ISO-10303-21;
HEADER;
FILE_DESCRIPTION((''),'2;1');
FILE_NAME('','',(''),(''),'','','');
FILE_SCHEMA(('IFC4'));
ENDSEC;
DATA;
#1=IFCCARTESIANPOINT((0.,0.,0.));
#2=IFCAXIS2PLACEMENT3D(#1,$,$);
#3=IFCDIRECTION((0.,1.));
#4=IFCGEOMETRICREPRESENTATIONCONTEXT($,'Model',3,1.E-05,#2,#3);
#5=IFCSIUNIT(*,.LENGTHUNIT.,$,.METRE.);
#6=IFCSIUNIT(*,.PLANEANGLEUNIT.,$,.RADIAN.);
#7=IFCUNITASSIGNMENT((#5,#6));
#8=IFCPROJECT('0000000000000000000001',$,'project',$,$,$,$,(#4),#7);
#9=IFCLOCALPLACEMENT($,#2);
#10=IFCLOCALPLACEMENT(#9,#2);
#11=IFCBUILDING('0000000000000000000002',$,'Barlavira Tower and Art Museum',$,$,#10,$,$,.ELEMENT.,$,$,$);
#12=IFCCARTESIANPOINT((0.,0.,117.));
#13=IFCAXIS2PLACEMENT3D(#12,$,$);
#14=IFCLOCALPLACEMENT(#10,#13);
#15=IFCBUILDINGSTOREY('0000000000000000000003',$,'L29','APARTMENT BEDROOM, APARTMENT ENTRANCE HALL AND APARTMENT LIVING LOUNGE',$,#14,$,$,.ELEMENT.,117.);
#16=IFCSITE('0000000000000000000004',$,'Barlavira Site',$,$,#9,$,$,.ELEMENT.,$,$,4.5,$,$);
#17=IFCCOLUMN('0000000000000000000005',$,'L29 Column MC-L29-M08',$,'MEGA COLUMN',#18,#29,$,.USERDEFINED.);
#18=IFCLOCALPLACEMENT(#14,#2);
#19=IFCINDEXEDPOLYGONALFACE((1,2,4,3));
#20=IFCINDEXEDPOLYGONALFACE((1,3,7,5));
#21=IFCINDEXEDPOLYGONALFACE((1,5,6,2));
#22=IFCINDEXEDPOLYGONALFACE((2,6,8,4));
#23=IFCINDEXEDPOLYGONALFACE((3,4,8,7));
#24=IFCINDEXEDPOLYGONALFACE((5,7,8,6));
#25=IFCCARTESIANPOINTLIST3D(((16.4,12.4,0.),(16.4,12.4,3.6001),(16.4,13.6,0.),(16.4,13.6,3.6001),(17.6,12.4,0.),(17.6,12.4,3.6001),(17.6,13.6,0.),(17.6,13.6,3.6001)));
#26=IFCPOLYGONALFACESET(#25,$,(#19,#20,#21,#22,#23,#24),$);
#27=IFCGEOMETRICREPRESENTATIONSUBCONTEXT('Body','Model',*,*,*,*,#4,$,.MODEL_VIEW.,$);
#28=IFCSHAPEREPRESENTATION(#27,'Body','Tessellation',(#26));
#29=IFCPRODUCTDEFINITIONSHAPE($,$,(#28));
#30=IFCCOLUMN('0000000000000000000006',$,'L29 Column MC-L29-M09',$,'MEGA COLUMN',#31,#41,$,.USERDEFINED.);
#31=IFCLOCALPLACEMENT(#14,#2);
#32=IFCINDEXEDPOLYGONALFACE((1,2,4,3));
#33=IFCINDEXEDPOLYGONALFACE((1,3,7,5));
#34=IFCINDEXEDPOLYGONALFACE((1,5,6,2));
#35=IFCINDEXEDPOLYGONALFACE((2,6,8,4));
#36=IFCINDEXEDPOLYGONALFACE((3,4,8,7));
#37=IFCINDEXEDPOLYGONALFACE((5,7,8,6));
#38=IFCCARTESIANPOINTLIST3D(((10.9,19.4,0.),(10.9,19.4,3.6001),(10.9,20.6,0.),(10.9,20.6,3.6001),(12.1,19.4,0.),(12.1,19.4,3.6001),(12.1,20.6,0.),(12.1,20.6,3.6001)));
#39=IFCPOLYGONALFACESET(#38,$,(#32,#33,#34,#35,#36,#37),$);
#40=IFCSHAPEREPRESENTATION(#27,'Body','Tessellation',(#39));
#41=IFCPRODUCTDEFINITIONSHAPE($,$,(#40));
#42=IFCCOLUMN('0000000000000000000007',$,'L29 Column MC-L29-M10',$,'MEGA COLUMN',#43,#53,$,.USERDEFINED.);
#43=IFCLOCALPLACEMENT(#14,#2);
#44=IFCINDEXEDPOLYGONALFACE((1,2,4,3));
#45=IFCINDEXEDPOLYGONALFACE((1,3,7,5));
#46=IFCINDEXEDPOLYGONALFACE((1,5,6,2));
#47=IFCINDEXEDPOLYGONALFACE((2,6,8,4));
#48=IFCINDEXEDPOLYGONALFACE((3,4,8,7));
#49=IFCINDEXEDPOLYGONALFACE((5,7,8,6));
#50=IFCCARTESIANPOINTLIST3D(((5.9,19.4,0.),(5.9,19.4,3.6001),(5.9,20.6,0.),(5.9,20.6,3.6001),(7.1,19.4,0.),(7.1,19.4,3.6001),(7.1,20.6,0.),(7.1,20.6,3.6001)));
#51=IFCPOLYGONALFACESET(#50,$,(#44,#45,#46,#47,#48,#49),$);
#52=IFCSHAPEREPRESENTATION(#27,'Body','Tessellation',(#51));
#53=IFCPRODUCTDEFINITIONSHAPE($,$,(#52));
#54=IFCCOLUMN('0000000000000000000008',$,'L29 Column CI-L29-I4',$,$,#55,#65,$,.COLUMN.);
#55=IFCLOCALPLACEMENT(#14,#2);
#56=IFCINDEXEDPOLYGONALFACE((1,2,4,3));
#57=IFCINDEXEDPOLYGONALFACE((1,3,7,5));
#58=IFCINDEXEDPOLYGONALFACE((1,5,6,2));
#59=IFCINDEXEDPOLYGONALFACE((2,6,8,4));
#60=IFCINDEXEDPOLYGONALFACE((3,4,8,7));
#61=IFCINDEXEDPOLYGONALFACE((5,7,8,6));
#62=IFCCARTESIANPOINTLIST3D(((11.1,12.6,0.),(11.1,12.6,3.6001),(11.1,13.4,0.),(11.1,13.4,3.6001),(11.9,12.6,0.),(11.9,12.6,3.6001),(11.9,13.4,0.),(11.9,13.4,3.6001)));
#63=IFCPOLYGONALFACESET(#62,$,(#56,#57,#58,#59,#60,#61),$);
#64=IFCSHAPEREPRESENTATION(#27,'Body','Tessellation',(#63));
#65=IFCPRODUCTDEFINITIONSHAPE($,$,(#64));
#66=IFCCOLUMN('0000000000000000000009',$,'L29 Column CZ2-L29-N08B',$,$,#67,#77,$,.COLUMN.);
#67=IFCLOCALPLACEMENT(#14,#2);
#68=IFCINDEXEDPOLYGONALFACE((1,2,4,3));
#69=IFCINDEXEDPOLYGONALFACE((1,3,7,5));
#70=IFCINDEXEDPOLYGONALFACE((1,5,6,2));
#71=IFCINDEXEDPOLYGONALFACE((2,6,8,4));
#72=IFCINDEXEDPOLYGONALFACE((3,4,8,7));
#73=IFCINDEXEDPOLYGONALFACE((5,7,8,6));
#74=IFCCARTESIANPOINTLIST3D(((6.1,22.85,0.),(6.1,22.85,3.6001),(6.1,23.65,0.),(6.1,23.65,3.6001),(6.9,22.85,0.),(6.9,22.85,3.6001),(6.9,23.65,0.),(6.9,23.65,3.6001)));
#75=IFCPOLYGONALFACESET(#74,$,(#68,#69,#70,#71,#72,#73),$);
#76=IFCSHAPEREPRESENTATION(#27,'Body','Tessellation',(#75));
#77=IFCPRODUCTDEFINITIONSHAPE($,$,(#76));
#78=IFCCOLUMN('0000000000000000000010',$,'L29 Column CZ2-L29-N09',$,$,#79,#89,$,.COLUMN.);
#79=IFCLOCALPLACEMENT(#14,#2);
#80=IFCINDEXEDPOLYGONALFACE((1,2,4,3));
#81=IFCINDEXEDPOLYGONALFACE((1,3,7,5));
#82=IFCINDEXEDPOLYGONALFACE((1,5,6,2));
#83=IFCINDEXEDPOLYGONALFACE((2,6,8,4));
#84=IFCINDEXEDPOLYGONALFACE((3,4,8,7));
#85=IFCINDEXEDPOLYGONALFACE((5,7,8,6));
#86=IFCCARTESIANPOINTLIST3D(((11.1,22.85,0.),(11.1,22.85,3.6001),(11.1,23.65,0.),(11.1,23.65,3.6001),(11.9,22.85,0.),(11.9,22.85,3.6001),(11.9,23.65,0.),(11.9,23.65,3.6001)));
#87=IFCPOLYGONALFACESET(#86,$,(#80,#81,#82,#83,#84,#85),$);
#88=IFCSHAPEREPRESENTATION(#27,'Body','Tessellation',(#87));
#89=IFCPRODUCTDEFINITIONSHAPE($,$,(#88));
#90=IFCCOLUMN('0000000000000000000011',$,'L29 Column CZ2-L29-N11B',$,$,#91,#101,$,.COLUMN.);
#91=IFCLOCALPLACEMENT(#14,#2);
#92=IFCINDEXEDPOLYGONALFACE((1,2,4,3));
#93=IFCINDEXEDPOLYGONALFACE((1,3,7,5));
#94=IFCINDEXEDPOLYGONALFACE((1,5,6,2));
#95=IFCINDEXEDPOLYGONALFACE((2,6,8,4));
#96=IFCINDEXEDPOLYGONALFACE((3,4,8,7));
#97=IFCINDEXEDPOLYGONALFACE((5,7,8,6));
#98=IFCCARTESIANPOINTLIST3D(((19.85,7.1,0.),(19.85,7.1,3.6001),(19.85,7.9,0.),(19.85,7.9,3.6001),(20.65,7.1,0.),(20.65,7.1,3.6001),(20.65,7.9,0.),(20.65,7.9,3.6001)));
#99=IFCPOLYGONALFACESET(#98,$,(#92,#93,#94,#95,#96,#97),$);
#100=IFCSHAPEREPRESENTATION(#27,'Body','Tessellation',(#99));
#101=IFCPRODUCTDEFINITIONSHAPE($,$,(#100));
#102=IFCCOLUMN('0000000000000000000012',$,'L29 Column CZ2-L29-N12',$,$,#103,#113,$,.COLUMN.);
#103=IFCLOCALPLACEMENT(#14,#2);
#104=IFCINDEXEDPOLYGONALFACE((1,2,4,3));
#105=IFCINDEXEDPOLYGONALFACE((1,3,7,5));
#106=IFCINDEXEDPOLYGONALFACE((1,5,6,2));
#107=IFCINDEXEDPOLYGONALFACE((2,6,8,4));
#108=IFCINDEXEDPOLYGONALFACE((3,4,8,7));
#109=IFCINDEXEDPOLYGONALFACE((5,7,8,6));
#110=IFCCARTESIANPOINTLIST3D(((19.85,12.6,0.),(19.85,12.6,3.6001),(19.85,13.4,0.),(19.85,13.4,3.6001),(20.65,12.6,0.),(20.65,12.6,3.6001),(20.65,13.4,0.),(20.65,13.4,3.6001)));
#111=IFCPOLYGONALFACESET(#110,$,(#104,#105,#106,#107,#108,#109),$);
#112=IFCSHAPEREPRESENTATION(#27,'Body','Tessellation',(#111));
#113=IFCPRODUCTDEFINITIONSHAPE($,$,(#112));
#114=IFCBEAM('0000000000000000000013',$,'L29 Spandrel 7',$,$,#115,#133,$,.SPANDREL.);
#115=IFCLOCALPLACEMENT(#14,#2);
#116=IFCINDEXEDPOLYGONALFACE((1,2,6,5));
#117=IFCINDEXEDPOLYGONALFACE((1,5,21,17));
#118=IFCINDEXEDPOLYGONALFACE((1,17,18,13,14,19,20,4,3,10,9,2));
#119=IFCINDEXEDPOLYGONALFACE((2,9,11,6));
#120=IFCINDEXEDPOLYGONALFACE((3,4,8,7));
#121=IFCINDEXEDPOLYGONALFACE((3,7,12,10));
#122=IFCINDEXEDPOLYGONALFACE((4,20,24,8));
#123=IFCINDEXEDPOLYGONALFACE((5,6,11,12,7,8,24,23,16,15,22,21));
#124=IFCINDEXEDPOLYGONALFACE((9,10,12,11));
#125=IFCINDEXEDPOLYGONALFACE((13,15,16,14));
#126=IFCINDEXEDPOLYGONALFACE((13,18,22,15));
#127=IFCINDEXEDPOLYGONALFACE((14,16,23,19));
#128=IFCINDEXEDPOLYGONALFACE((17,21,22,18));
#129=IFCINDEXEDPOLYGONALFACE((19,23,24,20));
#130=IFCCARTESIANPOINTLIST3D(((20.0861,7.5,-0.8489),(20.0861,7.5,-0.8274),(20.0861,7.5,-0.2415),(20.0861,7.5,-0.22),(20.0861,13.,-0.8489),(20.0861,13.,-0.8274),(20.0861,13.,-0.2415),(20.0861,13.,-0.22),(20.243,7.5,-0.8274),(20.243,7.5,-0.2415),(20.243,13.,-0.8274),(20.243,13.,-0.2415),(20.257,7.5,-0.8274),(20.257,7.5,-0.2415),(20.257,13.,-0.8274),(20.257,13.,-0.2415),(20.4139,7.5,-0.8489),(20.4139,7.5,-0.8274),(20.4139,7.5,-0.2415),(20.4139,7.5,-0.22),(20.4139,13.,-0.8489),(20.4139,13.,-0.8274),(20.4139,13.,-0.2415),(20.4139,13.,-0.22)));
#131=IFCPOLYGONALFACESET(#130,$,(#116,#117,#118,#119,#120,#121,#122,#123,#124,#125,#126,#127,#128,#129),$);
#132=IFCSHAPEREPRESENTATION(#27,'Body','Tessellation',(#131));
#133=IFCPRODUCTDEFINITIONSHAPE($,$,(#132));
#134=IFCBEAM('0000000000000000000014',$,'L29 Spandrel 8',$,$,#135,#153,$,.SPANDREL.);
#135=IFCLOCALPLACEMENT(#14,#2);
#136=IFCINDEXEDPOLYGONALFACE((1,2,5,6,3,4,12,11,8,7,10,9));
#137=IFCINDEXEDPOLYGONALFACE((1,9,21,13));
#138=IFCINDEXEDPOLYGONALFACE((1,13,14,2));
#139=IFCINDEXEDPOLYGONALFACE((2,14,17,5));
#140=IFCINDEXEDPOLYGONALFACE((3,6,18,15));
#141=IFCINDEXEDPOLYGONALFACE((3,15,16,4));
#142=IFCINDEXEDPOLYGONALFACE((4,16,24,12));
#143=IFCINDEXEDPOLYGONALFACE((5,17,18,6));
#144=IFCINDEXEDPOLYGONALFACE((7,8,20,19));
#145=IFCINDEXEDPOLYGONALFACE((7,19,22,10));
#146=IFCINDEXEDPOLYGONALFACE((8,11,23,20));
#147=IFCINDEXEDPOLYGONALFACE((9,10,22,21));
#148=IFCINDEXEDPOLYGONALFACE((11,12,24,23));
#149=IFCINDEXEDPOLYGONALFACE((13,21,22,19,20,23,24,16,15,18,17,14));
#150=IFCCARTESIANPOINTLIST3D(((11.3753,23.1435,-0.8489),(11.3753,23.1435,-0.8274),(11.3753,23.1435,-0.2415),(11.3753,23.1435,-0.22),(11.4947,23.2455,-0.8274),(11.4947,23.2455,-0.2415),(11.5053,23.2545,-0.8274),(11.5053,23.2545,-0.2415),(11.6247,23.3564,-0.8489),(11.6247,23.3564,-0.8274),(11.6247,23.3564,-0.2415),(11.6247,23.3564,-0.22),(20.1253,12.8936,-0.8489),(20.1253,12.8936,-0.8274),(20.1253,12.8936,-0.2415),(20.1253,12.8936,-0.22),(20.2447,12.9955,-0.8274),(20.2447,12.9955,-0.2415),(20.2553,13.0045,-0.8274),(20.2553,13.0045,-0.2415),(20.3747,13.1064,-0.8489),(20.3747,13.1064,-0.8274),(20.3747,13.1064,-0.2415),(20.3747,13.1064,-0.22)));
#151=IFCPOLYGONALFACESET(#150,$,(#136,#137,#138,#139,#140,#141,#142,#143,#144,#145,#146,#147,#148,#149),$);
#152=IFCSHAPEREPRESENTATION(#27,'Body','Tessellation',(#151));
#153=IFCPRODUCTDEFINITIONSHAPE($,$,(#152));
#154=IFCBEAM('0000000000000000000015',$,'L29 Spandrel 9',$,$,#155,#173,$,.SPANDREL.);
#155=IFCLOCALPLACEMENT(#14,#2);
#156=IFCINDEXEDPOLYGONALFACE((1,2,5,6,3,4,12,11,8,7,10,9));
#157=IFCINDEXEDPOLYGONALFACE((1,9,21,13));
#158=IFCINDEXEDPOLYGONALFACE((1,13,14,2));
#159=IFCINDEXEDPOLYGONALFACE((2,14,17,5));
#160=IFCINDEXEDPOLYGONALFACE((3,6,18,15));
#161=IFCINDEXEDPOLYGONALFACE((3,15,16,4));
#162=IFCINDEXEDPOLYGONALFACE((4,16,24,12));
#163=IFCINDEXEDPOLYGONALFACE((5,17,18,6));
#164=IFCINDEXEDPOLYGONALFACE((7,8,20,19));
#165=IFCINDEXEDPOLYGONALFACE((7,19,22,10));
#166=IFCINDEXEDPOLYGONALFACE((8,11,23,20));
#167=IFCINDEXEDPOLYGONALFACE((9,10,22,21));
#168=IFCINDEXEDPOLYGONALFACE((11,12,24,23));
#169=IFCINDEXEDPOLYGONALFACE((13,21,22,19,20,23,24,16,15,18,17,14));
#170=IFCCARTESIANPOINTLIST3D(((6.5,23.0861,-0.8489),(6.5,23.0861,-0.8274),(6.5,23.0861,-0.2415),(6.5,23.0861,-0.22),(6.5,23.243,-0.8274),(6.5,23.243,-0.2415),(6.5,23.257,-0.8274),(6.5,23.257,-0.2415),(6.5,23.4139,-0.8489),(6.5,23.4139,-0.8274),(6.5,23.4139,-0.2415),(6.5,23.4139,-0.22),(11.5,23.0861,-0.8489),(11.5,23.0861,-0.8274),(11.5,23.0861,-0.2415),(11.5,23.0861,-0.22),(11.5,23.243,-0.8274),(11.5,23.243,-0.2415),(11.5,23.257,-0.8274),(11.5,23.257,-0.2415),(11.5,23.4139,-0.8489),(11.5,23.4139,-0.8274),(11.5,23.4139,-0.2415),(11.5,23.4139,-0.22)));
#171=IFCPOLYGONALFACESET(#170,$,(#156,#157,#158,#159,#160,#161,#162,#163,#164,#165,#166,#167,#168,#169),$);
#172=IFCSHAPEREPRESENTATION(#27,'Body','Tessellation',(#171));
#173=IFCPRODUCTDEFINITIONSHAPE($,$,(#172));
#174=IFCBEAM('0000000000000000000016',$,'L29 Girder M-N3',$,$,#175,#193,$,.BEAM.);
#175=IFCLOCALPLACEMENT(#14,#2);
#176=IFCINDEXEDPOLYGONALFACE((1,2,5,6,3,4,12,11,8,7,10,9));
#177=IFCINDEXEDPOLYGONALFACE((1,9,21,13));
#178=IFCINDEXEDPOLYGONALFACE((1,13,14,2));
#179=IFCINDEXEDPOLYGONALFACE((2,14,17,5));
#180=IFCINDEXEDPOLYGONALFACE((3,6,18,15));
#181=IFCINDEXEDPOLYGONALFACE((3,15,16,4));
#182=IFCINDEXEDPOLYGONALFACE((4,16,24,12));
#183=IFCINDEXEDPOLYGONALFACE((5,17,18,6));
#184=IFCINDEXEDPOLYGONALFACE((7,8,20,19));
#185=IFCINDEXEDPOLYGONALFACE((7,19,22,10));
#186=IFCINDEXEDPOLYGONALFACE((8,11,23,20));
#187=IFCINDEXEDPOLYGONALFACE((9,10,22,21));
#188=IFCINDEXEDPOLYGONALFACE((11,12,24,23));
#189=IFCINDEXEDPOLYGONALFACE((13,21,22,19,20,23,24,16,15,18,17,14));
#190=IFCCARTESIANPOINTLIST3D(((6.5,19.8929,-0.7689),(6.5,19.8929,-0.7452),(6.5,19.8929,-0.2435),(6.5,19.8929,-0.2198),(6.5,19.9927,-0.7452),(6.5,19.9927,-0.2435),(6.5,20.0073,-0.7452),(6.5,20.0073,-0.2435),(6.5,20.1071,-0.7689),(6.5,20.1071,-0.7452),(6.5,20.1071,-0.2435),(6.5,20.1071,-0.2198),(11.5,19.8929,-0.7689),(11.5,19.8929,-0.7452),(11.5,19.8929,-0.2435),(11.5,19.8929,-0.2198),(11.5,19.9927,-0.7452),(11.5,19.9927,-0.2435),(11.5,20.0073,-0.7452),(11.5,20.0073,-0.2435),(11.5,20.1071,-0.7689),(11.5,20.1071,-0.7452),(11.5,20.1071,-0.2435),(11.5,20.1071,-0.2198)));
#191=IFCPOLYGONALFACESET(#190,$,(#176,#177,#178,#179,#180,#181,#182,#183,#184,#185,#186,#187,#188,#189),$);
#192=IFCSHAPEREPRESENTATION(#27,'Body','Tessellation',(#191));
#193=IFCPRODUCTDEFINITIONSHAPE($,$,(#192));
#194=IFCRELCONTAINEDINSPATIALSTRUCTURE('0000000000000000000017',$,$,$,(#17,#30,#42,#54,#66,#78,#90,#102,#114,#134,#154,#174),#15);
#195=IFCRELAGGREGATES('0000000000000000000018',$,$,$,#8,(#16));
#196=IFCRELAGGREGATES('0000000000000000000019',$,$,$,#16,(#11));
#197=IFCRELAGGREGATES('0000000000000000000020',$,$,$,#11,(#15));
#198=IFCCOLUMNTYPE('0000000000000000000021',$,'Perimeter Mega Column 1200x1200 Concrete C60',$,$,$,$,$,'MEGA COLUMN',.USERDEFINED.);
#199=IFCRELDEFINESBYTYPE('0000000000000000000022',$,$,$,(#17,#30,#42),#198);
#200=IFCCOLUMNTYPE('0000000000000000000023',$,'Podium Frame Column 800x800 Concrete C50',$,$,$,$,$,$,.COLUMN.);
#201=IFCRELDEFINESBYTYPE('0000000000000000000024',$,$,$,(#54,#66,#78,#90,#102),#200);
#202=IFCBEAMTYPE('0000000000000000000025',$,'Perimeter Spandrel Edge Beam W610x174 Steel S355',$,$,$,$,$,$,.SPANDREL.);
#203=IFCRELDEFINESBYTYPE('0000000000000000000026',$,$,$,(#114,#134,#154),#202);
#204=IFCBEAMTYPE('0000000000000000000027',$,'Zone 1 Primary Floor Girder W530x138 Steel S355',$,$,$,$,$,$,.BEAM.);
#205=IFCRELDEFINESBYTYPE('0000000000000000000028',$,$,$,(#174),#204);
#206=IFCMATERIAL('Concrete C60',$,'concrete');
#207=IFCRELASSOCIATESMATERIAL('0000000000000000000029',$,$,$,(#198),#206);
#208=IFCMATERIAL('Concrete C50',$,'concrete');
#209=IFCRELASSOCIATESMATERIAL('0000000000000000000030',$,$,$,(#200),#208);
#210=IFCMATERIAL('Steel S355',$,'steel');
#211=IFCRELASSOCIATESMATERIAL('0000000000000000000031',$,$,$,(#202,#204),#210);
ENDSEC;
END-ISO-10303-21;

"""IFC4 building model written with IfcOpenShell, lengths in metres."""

from ifc_helpers import new_model, si_unit, direction, frame, origin, origin_2d, place, context, subcontext, project, spatial, rectangle, i_section, extrude, material, material_profile, profile_set, type_object, element, save


model = new_model("IFC4")

# Units and contexts
model_context = context("Model", 3, precision=1e-05, world=origin(), true_north=direction((0.0, 1.0)))
body_context = subcontext(model_context, "Body", "Model", "MODEL_VIEW")
ifc_project = project(units=[si_unit("LENGTHUNIT", "METRE"), si_unit("PLANEANGLEUNIT", "RADIAN")], contexts=[model_context])

# Site, building, storey
site_placement = place(None, origin())
site = spatial("IfcSite", under=ifc_project, at=site_placement, Name="Barlavira Site", CompositionType="ELEMENT", RefElevation=4.5)
building_placement = place(site_placement, origin())
building = spatial("IfcBuilding", under=site, at=building_placement, Name="Barlavira Tower and Art Museum", CompositionType="ELEMENT")
storey_placement = place(building_placement, frame((0.0, 0.0, 117.0)))
storey = spatial("IfcBuildingStorey", under=building, at=storey_placement, Name="L29", Description="APARTMENT BEDROOM, APARTMENT ENTRANCE HALL AND APARTMENT LIVING LOUNGE", CompositionType="ELEMENT", Elevation=117.0)

# Columns
ifc_material_1 = material(Name="Concrete C60", Category="concrete")
ifc_material_profile_1 = material_profile(ifc_material_1, rectangle(XDim=1.2, YDim=1.2, at=origin_2d()), Name="RC-COL 1200x1200")
ifc_profile_set_1 = profile_set([ifc_material_profile_1], Name="Concrete C60")
column_type_1 = type_object("IfcColumnType", Name="Perimeter Mega Column 1200x1200 Concrete C60", ElementType="MEGA COLUMN", PredefinedType="USERDEFINED", material=ifc_profile_set_1)
for number, where, z_axis, x_axis, name in (
    (1, (17.0, 13.0, 0.0), (0.0, 0.0, 1.0), (1.0, 0.0, 0.0), "L29 Column MC-L29-M08"),
    (2, (11.5, 20.0, 0.0), (0.0, 0.0, 1.0), (1.0, 0.0, 0.0), "L29 Column MC-L29-M09"),
    (3, (6.5, 20.0, 0.0), (0.0, 0.0, 1.0), (1.0, 0.0, 0.0), "L29 Column MC-L29-M10"),
):
    element("IfcColumn", number, at=place(storey_placement, frame(where, z_axis=z_axis, x_axis=x_axis)), inside=storey, type_object=column_type_1, Name=name, ObjectType="MEGA COLUMN", PredefinedType="USERDEFINED", context=body_context, shape_type="SweptSolid", body=[
        extrude(rectangle(XDim=1.2, YDim=1.2, at=origin_2d()), origin(), (0.0, 0.0, 1.0), 3.6001),
    ])
ifc_material_2 = material(Name="Concrete C50", Category="concrete")
ifc_material_profile_2 = material_profile(ifc_material_2, rectangle(XDim=0.8, YDim=0.8, at=origin_2d()), Name="RC-COL 800x800")
ifc_profile_set_2 = profile_set([ifc_material_profile_2], Name="Concrete C50")
column_type_2 = type_object("IfcColumnType", Name="Podium Frame Column 800x800 Concrete C50", PredefinedType="COLUMN", material=ifc_profile_set_2)
for number, where, z_axis, x_axis, name in (
    (4, (11.5, 13.0, 0.0), (0.0, 0.0, 1.0), (1.0, 0.0, 0.0), "L29 Column CI-L29-I4"),
    (5, (6.5, 23.25, 0.0), (0.0, 0.0, 1.0), (1.0, 0.0, 0.0), "L29 Column CZ2-L29-N08B"),
    (6, (11.5, 23.25, 0.0), (0.0, 0.0, 1.0), (1.0, 0.0, 0.0), "L29 Column CZ2-L29-N09"),
    (7, (20.25, 7.5, 0.0), (0.0, 0.0, 1.0), (1.0, 0.0, 0.0), "L29 Column CZ2-L29-N11B"),
    (8, (20.25, 13.0, 0.0), (0.0, 0.0, 1.0), (1.0, 0.0, 0.0), "L29 Column CZ2-L29-N12"),
):
    element("IfcColumn", number, at=place(storey_placement, frame(where, z_axis=z_axis, x_axis=x_axis)), inside=storey, type_object=column_type_2, Name=name, PredefinedType="COLUMN", context=body_context, shape_type="SweptSolid", body=[
        extrude(rectangle(XDim=0.8, YDim=0.8, at=origin_2d()), origin(), (0.0, 0.0, 1.0), 3.6001),
    ])

# Beams
ifc_material_3 = material(Name="Steel S355", Category="steel")
ifc_material_profile_3 = material_profile(ifc_material_3, i_section(OverallWidth=0.3279, OverallDepth=0.6289, WebThickness=0.0139, FlangeThickness=0.0215, at=origin_2d()), Name="W610x174.0")
ifc_profile_set_3 = profile_set([ifc_material_profile_3], Name="Steel S355")
beam_type_1 = type_object("IfcBeamType", Name="Perimeter Spandrel Edge Beam W610x174 Steel S355", PredefinedType="SPANDREL", material=ifc_profile_set_3)
beam_1_placement = place(storey_placement, frame((20.25, 7.5, -0.5344), z_axis=(0.0, 1.0, 0.0), x_axis=(-1.0, 0.0, 0.0)))
element("IfcBeam", 9, at=beam_1_placement, inside=storey, type_object=beam_type_1, Name="L29 Spandrel 7", PredefinedType="SPANDREL", context=body_context, shape_type="SweptSolid", body=[
    extrude(i_section(OverallWidth=0.3279, OverallDepth=0.6289, WebThickness=0.0139, FlangeThickness=0.0215, at=origin_2d()), origin(), (0.0, 0.0, 1.0), 5.5),
])
beam_2_placement = place(storey_placement, frame((20.25, 13.0, -0.5344), z_axis=(-0.649262, 0.760565, 0.0), x_axis=(-0.760565, -0.649262, 0.0)))
element("IfcBeam", 10, at=beam_2_placement, inside=storey, type_object=beam_type_1, Name="L29 Spandrel 8", PredefinedType="SPANDREL", context=body_context, shape_type="SweptSolid", body=[
    extrude(i_section(OverallWidth=0.3279, OverallDepth=0.6289, WebThickness=0.0139, FlangeThickness=0.0215, at=origin_2d()), origin(), (0.0, 0.0, 1.0), 13.4768),
])
beam_3_placement = place(storey_placement, frame((6.5, 23.25, -0.5344), z_axis=(1.0, 0.0, 0.0), x_axis=(0.0, 1.0, 0.0)))
element("IfcBeam", 11, at=beam_3_placement, inside=storey, type_object=beam_type_1, Name="L29 Spandrel 9", PredefinedType="SPANDREL", context=body_context, shape_type="SweptSolid", body=[
    extrude(i_section(OverallWidth=0.3279, OverallDepth=0.6289, WebThickness=0.0139, FlangeThickness=0.0215, at=origin_2d()), origin(), (0.0, 0.0, 1.0), 5.0),
])
ifc_material_profile_4 = material_profile(ifc_material_3, i_section(OverallWidth=0.2141, OverallDepth=0.5491, WebThickness=0.0146, FlangeThickness=0.0237, at=origin_2d()), Name="W530x138.0")
ifc_profile_set_4 = profile_set([ifc_material_profile_4], Name="Steel S355")
beam_type_2 = type_object("IfcBeamType", Name="Zone 1 Primary Floor Girder W530x138 Steel S355", PredefinedType="BEAM", material=ifc_profile_set_4)
beam_4_placement = place(storey_placement, frame((6.5, 20.0, -0.4944), z_axis=(1.0, 0.0, 0.0), x_axis=(0.0, 1.0, 0.0)))
element("IfcBeam", 12, at=beam_4_placement, inside=storey, type_object=beam_type_2, Name="L29 Girder M-N3", PredefinedType="BEAM", context=body_context, shape_type="SweptSolid", body=[
    extrude(i_section(OverallWidth=0.2141, OverallDepth=0.5491, WebThickness=0.0146, FlangeThickness=0.0237, at=origin_2d()), origin(), (0.0, 0.0, 1.0), 5.0),
])

save(model, "model.ifc")
